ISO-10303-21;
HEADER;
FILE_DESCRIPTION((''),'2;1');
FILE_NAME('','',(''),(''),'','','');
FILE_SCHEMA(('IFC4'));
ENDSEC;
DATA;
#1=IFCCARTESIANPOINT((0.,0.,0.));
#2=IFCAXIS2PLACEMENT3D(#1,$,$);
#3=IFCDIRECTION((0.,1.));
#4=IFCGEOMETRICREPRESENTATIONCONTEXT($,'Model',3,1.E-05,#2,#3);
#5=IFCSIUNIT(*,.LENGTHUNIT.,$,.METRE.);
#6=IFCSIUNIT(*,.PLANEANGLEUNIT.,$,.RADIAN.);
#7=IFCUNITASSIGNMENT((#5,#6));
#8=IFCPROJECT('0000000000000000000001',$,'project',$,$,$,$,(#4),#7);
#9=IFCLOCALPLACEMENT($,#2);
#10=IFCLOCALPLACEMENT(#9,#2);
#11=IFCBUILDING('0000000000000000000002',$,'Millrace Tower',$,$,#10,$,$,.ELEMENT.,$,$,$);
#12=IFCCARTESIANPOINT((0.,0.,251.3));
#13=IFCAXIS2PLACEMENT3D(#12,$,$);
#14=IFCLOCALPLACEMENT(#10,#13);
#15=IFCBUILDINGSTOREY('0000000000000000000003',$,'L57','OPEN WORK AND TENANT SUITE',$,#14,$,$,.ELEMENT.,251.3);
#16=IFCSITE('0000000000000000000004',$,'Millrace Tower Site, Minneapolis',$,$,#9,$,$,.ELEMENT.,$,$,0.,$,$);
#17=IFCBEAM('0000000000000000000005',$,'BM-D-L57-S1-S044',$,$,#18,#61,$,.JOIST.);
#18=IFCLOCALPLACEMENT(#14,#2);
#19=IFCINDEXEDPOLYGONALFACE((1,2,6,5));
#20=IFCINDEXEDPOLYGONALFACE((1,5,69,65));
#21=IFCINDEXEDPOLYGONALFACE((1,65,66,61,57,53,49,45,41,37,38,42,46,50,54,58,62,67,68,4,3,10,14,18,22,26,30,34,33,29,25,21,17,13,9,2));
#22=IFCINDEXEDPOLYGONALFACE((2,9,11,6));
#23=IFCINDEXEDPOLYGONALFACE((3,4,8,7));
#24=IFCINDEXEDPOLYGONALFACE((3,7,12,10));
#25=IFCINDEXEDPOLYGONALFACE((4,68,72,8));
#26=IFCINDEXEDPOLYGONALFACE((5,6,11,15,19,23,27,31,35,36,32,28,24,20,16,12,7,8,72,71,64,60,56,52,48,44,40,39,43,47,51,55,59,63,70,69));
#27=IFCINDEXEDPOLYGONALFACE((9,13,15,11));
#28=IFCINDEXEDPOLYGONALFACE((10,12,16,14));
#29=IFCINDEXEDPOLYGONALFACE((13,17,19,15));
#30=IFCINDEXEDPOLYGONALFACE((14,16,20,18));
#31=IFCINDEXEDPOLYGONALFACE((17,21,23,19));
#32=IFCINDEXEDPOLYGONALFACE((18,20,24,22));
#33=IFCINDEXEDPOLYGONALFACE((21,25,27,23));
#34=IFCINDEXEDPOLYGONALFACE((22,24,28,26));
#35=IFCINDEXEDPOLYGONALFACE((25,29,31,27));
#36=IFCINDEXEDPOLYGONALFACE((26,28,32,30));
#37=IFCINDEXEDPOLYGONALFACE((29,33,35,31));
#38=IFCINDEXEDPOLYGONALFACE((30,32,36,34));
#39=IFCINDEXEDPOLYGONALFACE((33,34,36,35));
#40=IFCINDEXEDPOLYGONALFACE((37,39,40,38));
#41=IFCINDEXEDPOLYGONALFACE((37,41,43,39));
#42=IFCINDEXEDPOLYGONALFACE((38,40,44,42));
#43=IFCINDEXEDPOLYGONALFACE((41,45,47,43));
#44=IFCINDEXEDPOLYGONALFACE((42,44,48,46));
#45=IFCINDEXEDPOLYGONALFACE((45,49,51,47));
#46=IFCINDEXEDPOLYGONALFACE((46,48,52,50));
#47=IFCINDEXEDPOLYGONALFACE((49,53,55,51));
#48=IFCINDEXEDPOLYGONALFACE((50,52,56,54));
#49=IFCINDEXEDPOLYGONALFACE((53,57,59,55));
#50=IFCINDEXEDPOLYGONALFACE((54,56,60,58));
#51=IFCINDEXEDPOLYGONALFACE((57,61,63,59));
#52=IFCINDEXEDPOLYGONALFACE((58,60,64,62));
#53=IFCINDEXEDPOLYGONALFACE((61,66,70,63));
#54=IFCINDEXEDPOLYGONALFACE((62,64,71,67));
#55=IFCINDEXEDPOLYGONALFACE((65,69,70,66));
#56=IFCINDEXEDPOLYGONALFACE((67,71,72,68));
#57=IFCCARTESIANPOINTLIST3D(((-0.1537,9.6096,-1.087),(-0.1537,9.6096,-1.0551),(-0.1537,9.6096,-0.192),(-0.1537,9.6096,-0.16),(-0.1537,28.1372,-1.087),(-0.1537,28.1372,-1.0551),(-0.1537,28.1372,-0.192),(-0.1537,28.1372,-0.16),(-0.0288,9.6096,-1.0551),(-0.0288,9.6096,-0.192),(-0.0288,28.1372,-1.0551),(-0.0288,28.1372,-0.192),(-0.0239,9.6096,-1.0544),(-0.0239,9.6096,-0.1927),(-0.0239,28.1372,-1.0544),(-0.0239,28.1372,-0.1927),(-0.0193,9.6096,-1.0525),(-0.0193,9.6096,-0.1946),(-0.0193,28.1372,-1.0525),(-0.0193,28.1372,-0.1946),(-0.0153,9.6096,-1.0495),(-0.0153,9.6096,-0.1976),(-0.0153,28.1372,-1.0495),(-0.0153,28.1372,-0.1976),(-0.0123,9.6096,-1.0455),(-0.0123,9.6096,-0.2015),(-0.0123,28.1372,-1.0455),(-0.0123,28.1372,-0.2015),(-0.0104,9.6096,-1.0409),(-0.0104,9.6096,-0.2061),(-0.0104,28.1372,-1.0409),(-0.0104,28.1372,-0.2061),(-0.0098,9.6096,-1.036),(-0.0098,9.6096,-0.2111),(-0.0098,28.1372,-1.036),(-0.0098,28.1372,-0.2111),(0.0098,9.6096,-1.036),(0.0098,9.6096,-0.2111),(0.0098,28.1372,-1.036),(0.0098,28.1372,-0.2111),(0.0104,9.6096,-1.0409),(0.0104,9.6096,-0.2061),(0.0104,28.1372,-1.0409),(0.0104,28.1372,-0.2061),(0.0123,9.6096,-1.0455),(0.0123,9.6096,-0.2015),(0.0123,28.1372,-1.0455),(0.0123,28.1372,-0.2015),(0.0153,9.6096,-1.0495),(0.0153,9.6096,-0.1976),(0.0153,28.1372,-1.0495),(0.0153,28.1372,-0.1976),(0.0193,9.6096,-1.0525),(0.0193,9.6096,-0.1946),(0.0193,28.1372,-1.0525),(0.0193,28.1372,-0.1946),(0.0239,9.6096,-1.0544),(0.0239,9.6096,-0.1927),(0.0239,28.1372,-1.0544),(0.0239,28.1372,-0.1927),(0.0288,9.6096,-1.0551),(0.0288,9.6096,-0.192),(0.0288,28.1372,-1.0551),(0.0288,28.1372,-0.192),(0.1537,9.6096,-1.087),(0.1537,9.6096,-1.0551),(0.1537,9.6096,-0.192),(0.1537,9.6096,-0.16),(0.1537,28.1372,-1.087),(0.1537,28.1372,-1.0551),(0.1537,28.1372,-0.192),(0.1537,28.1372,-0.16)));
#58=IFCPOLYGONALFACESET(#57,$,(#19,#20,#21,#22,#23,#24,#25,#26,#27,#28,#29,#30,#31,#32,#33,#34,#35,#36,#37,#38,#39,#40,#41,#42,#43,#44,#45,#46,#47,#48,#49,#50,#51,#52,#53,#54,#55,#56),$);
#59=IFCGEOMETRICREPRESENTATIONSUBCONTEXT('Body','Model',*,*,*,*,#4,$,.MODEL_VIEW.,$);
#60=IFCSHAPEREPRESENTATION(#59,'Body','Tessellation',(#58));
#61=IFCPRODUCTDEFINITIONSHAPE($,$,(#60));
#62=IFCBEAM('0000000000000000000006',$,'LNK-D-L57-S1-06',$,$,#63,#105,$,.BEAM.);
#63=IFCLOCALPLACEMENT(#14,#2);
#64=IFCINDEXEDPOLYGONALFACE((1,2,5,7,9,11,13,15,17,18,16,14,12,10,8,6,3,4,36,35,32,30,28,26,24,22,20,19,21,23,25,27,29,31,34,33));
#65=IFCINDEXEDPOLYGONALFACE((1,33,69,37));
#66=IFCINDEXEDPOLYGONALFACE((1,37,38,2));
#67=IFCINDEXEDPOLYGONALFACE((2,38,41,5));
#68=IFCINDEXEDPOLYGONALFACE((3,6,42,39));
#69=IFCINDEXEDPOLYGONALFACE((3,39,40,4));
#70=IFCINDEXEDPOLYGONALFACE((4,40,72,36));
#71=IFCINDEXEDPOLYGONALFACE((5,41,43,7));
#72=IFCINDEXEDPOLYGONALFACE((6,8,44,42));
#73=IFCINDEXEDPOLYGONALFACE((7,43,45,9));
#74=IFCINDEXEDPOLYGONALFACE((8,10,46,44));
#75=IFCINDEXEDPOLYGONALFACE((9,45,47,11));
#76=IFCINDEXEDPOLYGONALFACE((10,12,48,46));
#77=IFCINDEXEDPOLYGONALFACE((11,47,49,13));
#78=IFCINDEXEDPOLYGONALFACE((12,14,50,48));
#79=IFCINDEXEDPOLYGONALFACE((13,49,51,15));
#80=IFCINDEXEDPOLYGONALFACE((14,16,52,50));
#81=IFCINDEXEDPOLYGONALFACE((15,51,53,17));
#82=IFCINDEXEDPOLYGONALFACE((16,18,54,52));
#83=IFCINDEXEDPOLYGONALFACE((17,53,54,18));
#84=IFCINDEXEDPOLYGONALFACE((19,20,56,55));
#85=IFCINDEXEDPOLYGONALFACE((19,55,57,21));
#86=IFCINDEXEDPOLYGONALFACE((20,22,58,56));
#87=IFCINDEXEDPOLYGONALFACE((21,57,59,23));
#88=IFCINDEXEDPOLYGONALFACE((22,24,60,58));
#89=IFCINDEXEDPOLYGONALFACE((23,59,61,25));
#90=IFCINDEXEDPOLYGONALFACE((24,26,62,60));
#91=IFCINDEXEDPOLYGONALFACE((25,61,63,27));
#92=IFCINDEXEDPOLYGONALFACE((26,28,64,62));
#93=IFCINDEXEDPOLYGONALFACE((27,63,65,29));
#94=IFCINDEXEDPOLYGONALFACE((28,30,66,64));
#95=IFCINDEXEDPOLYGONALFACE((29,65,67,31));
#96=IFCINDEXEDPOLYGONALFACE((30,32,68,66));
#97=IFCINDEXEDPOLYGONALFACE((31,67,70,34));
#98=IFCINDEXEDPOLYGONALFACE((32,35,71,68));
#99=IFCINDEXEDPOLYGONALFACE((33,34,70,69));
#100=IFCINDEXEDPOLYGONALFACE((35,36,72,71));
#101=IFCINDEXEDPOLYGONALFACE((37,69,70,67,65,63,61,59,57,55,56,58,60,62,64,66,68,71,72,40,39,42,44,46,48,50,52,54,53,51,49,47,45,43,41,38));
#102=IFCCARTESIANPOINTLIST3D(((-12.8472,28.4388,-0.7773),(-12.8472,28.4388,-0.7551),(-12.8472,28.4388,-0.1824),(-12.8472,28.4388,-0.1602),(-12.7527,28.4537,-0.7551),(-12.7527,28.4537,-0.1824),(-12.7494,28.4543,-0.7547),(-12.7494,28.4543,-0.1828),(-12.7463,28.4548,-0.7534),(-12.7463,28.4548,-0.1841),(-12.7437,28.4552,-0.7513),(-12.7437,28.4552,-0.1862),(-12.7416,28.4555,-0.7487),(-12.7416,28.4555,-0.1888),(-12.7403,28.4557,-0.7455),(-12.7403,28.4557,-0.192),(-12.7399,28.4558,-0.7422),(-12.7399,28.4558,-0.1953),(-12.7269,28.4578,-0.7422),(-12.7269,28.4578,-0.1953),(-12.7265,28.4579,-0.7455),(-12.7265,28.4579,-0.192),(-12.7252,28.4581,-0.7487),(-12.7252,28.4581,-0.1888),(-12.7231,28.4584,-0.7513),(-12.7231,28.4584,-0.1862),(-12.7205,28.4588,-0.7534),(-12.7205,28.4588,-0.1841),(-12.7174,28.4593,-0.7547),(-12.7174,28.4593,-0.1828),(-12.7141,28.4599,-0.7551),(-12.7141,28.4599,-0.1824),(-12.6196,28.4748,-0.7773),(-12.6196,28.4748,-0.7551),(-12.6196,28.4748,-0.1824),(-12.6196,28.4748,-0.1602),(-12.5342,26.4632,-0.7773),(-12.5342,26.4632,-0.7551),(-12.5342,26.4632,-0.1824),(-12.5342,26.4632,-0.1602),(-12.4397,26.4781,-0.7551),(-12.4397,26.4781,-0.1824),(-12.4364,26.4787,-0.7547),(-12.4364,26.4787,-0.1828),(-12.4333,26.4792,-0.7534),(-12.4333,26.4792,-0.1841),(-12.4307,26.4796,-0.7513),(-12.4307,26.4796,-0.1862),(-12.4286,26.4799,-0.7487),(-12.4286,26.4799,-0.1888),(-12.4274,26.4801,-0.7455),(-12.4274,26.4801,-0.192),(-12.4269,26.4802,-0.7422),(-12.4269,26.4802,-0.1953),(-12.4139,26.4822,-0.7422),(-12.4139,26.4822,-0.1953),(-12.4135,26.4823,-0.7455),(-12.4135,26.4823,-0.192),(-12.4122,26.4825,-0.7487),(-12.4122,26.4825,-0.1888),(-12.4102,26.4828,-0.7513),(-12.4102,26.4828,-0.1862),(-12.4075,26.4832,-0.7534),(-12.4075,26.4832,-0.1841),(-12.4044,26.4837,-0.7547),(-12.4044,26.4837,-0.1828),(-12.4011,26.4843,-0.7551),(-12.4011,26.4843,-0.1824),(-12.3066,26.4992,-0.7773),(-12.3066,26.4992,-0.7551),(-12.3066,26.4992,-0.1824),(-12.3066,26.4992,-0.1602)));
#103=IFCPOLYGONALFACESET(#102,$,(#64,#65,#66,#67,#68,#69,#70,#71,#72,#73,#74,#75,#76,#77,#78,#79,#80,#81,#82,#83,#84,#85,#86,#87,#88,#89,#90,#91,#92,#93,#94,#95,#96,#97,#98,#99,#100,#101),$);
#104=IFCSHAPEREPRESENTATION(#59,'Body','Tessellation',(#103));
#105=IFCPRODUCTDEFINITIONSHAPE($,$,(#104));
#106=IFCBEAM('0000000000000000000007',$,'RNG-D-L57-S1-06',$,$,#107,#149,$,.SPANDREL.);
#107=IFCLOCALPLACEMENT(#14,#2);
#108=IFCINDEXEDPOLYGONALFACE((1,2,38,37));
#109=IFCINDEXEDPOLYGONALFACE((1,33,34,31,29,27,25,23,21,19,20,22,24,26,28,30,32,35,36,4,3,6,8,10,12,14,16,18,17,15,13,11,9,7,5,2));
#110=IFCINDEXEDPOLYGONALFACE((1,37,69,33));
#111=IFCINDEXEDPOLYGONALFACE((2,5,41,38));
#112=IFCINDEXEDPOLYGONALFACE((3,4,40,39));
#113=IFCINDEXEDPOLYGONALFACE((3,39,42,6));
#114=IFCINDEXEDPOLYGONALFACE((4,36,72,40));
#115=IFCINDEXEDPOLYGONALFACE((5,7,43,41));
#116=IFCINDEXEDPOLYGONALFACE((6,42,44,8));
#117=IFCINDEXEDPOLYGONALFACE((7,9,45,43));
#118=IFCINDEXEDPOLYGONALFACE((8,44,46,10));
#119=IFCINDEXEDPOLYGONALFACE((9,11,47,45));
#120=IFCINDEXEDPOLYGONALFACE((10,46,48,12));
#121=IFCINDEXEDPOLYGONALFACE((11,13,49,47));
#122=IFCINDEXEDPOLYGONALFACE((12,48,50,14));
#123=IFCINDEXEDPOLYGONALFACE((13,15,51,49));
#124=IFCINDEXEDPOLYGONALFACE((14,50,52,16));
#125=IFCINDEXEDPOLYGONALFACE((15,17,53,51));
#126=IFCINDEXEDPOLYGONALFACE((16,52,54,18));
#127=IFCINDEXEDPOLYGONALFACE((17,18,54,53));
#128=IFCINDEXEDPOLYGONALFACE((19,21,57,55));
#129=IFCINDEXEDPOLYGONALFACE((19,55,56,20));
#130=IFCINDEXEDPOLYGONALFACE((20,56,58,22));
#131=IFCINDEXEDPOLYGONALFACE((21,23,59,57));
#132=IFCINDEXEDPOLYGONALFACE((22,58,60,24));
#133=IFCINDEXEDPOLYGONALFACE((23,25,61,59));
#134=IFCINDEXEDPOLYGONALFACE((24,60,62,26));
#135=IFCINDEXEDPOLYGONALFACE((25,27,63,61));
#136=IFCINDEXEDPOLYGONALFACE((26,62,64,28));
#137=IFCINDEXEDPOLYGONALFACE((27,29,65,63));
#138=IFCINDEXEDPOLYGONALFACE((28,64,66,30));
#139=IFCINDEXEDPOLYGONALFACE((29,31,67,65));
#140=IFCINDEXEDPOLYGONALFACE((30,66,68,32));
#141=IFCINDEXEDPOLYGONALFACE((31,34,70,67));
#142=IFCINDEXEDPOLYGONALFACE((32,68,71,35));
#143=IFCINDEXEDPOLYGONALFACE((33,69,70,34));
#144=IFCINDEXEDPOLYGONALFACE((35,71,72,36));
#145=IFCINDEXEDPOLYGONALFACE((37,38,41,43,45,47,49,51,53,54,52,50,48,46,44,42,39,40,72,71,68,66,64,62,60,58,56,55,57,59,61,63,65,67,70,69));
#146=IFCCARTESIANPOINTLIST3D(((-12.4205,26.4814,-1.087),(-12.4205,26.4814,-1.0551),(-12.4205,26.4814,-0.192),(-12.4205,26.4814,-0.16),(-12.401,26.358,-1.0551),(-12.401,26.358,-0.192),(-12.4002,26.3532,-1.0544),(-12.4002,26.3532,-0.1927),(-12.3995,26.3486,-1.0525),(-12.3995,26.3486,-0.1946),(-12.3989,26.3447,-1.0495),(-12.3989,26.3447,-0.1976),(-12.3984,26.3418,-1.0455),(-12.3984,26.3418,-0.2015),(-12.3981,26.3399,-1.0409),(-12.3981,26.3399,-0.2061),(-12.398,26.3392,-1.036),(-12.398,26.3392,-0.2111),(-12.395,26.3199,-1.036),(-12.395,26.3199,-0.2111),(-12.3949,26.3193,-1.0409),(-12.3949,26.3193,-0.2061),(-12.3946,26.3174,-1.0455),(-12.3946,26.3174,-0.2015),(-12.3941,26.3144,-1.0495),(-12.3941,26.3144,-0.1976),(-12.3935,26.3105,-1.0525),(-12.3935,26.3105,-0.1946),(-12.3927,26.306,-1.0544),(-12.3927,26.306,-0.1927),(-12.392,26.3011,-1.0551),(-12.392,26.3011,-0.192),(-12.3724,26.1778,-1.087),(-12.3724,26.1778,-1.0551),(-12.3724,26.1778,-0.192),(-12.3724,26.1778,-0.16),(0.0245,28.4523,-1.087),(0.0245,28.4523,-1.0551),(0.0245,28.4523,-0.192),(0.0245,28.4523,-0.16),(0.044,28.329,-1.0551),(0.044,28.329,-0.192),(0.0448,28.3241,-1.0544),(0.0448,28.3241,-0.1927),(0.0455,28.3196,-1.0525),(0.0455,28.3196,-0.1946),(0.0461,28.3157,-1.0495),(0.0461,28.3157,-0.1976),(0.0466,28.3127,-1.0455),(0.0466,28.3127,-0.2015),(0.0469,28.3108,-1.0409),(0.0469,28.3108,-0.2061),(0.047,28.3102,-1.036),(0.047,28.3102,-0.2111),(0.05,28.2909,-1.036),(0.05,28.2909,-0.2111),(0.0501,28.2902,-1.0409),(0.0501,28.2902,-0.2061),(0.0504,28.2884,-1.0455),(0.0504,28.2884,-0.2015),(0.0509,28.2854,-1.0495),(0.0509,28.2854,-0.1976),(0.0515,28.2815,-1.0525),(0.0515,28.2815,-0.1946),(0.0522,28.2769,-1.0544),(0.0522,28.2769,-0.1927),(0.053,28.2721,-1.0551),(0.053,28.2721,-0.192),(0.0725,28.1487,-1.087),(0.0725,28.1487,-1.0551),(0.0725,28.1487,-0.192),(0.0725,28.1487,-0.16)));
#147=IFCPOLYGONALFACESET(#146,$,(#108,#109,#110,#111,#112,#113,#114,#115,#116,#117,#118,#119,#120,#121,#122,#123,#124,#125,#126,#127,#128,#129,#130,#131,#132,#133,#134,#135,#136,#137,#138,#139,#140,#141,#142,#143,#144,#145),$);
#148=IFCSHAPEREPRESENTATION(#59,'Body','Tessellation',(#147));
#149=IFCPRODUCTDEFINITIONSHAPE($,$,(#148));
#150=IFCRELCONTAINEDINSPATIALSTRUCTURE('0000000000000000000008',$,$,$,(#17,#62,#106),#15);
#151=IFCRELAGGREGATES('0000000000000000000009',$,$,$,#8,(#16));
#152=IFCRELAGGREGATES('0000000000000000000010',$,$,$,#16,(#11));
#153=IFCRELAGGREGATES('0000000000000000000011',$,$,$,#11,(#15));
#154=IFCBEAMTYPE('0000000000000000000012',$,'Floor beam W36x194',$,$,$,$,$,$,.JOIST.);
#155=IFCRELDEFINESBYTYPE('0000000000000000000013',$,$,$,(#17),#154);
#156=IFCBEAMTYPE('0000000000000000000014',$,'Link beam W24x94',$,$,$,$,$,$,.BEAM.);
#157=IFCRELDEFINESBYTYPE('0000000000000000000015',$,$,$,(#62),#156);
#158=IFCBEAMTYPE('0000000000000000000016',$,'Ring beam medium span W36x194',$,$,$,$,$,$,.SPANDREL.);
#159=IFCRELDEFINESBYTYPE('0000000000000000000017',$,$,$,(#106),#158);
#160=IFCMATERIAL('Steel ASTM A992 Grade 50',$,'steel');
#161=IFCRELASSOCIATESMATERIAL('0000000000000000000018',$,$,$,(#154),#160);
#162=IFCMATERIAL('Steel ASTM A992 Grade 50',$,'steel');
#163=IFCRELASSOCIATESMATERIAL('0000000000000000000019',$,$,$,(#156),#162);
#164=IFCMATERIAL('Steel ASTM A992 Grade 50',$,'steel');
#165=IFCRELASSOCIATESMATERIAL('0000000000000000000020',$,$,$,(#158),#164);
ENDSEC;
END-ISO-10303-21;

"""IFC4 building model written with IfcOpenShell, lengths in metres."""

from ifc_helpers import new_model, si_unit, direction, frame, origin, origin_2d, place, context, subcontext, project, spatial, i_section, extrude, material, material_profile, profile_set, type_object, element, save


model = new_model("IFC4")

# Units and contexts
model_context = context("Model", 3, precision=1e-05, world=origin(), true_north=direction((0.0, 1.0)))
body_context = subcontext(model_context, "Body", "Model", "MODEL_VIEW")
ifc_project = project(units=[si_unit("LENGTHUNIT", "METRE"), si_unit("PLANEANGLEUNIT", "RADIAN")], contexts=[model_context])

# Site, building, storey
site_placement = place(None, origin())
site = spatial("IfcSite", under=ifc_project, at=site_placement, Name="Millrace Tower Site, Minneapolis", CompositionType="ELEMENT", RefElevation=0.0)
building_placement = place(site_placement, origin())
building = spatial("IfcBuilding", under=site, at=building_placement, Name="Millrace Tower", CompositionType="ELEMENT")
storey_placement = place(building_placement, frame((0.0, 0.0, 251.3)))
storey = spatial("IfcBuildingStorey", under=building, at=storey_placement, Name="L57", Description="OPEN WORK AND TENANT SUITE", CompositionType="ELEMENT", Elevation=251.3)

# Beams
ifc_material_1 = material(Name="Steel ASTM A992 Grade 50", Category="steel")
ifc_material_profile_1 = material_profile(ifc_material_1, i_section(OverallWidth=0.3074, OverallDepth=0.927, WebThickness=0.0195, FlangeThickness=0.032, FilletRadius=0.019, at=origin_2d()))
ifc_profile_set_1 = profile_set([ifc_material_profile_1], Name="Steel ASTM A992 Grade 50")
beam_type_1 = type_object("IfcBeamType", Name="Floor beam W36x194", PredefinedType="JOIST", material=ifc_profile_set_1)
beam_1_placement = place(storey_placement, frame((0.0, 9.6096, -0.6235), z_axis=(0.0, 1.0, 0.0), x_axis=(-1.0, 0.0, 0.0)))
element("IfcBeam", 1, at=beam_1_placement, inside=storey, type_object=beam_type_1, Name="BM-D-L57-S1-S044", PredefinedType="JOIST", context=body_context, shape_type="SweptSolid", body=[
    extrude(i_section(OverallWidth=0.3074, OverallDepth=0.927, WebThickness=0.0195, FlangeThickness=0.032, FilletRadius=0.019, at=origin_2d()), origin(), (0.0, 0.0, 1.0), 18.5276),
])
ifc_material_2 = material(Name="Steel ASTM A992 Grade 50", Category="steel")
ifc_material_profile_2 = material_profile(ifc_material_2, i_section(OverallWidth=0.2305, OverallDepth=0.6172, WebThickness=0.0132, FlangeThickness=0.0222, FilletRadius=0.0129, at=origin_2d()))
ifc_profile_set_2 = profile_set([ifc_material_profile_2], Name="Steel ASTM A992 Grade 50")
beam_type_2 = type_object("IfcBeamType", Name="Link beam W24x94", PredefinedType="BEAM", material=ifc_profile_set_2)
beam_2_placement = place(storey_placement, frame((-12.4204, 26.4812, -0.4688), z_axis=(-0.156477, 0.987682, 0.0), x_axis=(-0.987682, -0.156477, 0.0)))
element("IfcBeam", 2, at=beam_2_placement, inside=storey, type_object=beam_type_2, Name="LNK-D-L57-S1-06", PredefinedType="BEAM", context=body_context, shape_type="SweptSolid", body=[
    extrude(i_section(OverallWidth=0.2305, OverallDepth=0.6172, WebThickness=0.0132, FlangeThickness=0.0222, FilletRadius=0.0129, at=origin_2d()), origin(), (0.0, 0.0, 1.0), 2.0002),
])
ifc_material_3 = material(Name="Steel ASTM A992 Grade 50", Category="steel")
ifc_material_profile_3 = material_profile(ifc_material_3, i_section(OverallWidth=0.3074, OverallDepth=0.927, WebThickness=0.0195, FlangeThickness=0.032, FilletRadius=0.019, at=origin_2d()))
ifc_profile_set_3 = profile_set([ifc_material_profile_3], Name="Steel ASTM A992 Grade 50")
beam_type_3 = type_object("IfcBeamType", Name="Ring beam medium span W36x194", PredefinedType="SPANDREL", material=ifc_profile_set_3)
beam_3_placement = place(storey_placement, frame((-12.3965, 26.3296, -0.6235), z_axis=(0.98769, 0.156422, 0.0), x_axis=(-0.156422, 0.98769, 0.0)))
element("IfcBeam", 3, at=beam_3_placement, inside=storey, type_object=beam_type_3, Name="RNG-D-L57-S1-06", PredefinedType="SPANDREL", context=body_context, shape_type="SweptSolid", body=[
    extrude(i_section(OverallWidth=0.3074, OverallDepth=0.927, WebThickness=0.0195, FlangeThickness=0.032, FilletRadius=0.019, at=origin_2d()), origin(), (0.0, 0.0, 1.0), 12.6001),
])

save(model, "model.ifc")
